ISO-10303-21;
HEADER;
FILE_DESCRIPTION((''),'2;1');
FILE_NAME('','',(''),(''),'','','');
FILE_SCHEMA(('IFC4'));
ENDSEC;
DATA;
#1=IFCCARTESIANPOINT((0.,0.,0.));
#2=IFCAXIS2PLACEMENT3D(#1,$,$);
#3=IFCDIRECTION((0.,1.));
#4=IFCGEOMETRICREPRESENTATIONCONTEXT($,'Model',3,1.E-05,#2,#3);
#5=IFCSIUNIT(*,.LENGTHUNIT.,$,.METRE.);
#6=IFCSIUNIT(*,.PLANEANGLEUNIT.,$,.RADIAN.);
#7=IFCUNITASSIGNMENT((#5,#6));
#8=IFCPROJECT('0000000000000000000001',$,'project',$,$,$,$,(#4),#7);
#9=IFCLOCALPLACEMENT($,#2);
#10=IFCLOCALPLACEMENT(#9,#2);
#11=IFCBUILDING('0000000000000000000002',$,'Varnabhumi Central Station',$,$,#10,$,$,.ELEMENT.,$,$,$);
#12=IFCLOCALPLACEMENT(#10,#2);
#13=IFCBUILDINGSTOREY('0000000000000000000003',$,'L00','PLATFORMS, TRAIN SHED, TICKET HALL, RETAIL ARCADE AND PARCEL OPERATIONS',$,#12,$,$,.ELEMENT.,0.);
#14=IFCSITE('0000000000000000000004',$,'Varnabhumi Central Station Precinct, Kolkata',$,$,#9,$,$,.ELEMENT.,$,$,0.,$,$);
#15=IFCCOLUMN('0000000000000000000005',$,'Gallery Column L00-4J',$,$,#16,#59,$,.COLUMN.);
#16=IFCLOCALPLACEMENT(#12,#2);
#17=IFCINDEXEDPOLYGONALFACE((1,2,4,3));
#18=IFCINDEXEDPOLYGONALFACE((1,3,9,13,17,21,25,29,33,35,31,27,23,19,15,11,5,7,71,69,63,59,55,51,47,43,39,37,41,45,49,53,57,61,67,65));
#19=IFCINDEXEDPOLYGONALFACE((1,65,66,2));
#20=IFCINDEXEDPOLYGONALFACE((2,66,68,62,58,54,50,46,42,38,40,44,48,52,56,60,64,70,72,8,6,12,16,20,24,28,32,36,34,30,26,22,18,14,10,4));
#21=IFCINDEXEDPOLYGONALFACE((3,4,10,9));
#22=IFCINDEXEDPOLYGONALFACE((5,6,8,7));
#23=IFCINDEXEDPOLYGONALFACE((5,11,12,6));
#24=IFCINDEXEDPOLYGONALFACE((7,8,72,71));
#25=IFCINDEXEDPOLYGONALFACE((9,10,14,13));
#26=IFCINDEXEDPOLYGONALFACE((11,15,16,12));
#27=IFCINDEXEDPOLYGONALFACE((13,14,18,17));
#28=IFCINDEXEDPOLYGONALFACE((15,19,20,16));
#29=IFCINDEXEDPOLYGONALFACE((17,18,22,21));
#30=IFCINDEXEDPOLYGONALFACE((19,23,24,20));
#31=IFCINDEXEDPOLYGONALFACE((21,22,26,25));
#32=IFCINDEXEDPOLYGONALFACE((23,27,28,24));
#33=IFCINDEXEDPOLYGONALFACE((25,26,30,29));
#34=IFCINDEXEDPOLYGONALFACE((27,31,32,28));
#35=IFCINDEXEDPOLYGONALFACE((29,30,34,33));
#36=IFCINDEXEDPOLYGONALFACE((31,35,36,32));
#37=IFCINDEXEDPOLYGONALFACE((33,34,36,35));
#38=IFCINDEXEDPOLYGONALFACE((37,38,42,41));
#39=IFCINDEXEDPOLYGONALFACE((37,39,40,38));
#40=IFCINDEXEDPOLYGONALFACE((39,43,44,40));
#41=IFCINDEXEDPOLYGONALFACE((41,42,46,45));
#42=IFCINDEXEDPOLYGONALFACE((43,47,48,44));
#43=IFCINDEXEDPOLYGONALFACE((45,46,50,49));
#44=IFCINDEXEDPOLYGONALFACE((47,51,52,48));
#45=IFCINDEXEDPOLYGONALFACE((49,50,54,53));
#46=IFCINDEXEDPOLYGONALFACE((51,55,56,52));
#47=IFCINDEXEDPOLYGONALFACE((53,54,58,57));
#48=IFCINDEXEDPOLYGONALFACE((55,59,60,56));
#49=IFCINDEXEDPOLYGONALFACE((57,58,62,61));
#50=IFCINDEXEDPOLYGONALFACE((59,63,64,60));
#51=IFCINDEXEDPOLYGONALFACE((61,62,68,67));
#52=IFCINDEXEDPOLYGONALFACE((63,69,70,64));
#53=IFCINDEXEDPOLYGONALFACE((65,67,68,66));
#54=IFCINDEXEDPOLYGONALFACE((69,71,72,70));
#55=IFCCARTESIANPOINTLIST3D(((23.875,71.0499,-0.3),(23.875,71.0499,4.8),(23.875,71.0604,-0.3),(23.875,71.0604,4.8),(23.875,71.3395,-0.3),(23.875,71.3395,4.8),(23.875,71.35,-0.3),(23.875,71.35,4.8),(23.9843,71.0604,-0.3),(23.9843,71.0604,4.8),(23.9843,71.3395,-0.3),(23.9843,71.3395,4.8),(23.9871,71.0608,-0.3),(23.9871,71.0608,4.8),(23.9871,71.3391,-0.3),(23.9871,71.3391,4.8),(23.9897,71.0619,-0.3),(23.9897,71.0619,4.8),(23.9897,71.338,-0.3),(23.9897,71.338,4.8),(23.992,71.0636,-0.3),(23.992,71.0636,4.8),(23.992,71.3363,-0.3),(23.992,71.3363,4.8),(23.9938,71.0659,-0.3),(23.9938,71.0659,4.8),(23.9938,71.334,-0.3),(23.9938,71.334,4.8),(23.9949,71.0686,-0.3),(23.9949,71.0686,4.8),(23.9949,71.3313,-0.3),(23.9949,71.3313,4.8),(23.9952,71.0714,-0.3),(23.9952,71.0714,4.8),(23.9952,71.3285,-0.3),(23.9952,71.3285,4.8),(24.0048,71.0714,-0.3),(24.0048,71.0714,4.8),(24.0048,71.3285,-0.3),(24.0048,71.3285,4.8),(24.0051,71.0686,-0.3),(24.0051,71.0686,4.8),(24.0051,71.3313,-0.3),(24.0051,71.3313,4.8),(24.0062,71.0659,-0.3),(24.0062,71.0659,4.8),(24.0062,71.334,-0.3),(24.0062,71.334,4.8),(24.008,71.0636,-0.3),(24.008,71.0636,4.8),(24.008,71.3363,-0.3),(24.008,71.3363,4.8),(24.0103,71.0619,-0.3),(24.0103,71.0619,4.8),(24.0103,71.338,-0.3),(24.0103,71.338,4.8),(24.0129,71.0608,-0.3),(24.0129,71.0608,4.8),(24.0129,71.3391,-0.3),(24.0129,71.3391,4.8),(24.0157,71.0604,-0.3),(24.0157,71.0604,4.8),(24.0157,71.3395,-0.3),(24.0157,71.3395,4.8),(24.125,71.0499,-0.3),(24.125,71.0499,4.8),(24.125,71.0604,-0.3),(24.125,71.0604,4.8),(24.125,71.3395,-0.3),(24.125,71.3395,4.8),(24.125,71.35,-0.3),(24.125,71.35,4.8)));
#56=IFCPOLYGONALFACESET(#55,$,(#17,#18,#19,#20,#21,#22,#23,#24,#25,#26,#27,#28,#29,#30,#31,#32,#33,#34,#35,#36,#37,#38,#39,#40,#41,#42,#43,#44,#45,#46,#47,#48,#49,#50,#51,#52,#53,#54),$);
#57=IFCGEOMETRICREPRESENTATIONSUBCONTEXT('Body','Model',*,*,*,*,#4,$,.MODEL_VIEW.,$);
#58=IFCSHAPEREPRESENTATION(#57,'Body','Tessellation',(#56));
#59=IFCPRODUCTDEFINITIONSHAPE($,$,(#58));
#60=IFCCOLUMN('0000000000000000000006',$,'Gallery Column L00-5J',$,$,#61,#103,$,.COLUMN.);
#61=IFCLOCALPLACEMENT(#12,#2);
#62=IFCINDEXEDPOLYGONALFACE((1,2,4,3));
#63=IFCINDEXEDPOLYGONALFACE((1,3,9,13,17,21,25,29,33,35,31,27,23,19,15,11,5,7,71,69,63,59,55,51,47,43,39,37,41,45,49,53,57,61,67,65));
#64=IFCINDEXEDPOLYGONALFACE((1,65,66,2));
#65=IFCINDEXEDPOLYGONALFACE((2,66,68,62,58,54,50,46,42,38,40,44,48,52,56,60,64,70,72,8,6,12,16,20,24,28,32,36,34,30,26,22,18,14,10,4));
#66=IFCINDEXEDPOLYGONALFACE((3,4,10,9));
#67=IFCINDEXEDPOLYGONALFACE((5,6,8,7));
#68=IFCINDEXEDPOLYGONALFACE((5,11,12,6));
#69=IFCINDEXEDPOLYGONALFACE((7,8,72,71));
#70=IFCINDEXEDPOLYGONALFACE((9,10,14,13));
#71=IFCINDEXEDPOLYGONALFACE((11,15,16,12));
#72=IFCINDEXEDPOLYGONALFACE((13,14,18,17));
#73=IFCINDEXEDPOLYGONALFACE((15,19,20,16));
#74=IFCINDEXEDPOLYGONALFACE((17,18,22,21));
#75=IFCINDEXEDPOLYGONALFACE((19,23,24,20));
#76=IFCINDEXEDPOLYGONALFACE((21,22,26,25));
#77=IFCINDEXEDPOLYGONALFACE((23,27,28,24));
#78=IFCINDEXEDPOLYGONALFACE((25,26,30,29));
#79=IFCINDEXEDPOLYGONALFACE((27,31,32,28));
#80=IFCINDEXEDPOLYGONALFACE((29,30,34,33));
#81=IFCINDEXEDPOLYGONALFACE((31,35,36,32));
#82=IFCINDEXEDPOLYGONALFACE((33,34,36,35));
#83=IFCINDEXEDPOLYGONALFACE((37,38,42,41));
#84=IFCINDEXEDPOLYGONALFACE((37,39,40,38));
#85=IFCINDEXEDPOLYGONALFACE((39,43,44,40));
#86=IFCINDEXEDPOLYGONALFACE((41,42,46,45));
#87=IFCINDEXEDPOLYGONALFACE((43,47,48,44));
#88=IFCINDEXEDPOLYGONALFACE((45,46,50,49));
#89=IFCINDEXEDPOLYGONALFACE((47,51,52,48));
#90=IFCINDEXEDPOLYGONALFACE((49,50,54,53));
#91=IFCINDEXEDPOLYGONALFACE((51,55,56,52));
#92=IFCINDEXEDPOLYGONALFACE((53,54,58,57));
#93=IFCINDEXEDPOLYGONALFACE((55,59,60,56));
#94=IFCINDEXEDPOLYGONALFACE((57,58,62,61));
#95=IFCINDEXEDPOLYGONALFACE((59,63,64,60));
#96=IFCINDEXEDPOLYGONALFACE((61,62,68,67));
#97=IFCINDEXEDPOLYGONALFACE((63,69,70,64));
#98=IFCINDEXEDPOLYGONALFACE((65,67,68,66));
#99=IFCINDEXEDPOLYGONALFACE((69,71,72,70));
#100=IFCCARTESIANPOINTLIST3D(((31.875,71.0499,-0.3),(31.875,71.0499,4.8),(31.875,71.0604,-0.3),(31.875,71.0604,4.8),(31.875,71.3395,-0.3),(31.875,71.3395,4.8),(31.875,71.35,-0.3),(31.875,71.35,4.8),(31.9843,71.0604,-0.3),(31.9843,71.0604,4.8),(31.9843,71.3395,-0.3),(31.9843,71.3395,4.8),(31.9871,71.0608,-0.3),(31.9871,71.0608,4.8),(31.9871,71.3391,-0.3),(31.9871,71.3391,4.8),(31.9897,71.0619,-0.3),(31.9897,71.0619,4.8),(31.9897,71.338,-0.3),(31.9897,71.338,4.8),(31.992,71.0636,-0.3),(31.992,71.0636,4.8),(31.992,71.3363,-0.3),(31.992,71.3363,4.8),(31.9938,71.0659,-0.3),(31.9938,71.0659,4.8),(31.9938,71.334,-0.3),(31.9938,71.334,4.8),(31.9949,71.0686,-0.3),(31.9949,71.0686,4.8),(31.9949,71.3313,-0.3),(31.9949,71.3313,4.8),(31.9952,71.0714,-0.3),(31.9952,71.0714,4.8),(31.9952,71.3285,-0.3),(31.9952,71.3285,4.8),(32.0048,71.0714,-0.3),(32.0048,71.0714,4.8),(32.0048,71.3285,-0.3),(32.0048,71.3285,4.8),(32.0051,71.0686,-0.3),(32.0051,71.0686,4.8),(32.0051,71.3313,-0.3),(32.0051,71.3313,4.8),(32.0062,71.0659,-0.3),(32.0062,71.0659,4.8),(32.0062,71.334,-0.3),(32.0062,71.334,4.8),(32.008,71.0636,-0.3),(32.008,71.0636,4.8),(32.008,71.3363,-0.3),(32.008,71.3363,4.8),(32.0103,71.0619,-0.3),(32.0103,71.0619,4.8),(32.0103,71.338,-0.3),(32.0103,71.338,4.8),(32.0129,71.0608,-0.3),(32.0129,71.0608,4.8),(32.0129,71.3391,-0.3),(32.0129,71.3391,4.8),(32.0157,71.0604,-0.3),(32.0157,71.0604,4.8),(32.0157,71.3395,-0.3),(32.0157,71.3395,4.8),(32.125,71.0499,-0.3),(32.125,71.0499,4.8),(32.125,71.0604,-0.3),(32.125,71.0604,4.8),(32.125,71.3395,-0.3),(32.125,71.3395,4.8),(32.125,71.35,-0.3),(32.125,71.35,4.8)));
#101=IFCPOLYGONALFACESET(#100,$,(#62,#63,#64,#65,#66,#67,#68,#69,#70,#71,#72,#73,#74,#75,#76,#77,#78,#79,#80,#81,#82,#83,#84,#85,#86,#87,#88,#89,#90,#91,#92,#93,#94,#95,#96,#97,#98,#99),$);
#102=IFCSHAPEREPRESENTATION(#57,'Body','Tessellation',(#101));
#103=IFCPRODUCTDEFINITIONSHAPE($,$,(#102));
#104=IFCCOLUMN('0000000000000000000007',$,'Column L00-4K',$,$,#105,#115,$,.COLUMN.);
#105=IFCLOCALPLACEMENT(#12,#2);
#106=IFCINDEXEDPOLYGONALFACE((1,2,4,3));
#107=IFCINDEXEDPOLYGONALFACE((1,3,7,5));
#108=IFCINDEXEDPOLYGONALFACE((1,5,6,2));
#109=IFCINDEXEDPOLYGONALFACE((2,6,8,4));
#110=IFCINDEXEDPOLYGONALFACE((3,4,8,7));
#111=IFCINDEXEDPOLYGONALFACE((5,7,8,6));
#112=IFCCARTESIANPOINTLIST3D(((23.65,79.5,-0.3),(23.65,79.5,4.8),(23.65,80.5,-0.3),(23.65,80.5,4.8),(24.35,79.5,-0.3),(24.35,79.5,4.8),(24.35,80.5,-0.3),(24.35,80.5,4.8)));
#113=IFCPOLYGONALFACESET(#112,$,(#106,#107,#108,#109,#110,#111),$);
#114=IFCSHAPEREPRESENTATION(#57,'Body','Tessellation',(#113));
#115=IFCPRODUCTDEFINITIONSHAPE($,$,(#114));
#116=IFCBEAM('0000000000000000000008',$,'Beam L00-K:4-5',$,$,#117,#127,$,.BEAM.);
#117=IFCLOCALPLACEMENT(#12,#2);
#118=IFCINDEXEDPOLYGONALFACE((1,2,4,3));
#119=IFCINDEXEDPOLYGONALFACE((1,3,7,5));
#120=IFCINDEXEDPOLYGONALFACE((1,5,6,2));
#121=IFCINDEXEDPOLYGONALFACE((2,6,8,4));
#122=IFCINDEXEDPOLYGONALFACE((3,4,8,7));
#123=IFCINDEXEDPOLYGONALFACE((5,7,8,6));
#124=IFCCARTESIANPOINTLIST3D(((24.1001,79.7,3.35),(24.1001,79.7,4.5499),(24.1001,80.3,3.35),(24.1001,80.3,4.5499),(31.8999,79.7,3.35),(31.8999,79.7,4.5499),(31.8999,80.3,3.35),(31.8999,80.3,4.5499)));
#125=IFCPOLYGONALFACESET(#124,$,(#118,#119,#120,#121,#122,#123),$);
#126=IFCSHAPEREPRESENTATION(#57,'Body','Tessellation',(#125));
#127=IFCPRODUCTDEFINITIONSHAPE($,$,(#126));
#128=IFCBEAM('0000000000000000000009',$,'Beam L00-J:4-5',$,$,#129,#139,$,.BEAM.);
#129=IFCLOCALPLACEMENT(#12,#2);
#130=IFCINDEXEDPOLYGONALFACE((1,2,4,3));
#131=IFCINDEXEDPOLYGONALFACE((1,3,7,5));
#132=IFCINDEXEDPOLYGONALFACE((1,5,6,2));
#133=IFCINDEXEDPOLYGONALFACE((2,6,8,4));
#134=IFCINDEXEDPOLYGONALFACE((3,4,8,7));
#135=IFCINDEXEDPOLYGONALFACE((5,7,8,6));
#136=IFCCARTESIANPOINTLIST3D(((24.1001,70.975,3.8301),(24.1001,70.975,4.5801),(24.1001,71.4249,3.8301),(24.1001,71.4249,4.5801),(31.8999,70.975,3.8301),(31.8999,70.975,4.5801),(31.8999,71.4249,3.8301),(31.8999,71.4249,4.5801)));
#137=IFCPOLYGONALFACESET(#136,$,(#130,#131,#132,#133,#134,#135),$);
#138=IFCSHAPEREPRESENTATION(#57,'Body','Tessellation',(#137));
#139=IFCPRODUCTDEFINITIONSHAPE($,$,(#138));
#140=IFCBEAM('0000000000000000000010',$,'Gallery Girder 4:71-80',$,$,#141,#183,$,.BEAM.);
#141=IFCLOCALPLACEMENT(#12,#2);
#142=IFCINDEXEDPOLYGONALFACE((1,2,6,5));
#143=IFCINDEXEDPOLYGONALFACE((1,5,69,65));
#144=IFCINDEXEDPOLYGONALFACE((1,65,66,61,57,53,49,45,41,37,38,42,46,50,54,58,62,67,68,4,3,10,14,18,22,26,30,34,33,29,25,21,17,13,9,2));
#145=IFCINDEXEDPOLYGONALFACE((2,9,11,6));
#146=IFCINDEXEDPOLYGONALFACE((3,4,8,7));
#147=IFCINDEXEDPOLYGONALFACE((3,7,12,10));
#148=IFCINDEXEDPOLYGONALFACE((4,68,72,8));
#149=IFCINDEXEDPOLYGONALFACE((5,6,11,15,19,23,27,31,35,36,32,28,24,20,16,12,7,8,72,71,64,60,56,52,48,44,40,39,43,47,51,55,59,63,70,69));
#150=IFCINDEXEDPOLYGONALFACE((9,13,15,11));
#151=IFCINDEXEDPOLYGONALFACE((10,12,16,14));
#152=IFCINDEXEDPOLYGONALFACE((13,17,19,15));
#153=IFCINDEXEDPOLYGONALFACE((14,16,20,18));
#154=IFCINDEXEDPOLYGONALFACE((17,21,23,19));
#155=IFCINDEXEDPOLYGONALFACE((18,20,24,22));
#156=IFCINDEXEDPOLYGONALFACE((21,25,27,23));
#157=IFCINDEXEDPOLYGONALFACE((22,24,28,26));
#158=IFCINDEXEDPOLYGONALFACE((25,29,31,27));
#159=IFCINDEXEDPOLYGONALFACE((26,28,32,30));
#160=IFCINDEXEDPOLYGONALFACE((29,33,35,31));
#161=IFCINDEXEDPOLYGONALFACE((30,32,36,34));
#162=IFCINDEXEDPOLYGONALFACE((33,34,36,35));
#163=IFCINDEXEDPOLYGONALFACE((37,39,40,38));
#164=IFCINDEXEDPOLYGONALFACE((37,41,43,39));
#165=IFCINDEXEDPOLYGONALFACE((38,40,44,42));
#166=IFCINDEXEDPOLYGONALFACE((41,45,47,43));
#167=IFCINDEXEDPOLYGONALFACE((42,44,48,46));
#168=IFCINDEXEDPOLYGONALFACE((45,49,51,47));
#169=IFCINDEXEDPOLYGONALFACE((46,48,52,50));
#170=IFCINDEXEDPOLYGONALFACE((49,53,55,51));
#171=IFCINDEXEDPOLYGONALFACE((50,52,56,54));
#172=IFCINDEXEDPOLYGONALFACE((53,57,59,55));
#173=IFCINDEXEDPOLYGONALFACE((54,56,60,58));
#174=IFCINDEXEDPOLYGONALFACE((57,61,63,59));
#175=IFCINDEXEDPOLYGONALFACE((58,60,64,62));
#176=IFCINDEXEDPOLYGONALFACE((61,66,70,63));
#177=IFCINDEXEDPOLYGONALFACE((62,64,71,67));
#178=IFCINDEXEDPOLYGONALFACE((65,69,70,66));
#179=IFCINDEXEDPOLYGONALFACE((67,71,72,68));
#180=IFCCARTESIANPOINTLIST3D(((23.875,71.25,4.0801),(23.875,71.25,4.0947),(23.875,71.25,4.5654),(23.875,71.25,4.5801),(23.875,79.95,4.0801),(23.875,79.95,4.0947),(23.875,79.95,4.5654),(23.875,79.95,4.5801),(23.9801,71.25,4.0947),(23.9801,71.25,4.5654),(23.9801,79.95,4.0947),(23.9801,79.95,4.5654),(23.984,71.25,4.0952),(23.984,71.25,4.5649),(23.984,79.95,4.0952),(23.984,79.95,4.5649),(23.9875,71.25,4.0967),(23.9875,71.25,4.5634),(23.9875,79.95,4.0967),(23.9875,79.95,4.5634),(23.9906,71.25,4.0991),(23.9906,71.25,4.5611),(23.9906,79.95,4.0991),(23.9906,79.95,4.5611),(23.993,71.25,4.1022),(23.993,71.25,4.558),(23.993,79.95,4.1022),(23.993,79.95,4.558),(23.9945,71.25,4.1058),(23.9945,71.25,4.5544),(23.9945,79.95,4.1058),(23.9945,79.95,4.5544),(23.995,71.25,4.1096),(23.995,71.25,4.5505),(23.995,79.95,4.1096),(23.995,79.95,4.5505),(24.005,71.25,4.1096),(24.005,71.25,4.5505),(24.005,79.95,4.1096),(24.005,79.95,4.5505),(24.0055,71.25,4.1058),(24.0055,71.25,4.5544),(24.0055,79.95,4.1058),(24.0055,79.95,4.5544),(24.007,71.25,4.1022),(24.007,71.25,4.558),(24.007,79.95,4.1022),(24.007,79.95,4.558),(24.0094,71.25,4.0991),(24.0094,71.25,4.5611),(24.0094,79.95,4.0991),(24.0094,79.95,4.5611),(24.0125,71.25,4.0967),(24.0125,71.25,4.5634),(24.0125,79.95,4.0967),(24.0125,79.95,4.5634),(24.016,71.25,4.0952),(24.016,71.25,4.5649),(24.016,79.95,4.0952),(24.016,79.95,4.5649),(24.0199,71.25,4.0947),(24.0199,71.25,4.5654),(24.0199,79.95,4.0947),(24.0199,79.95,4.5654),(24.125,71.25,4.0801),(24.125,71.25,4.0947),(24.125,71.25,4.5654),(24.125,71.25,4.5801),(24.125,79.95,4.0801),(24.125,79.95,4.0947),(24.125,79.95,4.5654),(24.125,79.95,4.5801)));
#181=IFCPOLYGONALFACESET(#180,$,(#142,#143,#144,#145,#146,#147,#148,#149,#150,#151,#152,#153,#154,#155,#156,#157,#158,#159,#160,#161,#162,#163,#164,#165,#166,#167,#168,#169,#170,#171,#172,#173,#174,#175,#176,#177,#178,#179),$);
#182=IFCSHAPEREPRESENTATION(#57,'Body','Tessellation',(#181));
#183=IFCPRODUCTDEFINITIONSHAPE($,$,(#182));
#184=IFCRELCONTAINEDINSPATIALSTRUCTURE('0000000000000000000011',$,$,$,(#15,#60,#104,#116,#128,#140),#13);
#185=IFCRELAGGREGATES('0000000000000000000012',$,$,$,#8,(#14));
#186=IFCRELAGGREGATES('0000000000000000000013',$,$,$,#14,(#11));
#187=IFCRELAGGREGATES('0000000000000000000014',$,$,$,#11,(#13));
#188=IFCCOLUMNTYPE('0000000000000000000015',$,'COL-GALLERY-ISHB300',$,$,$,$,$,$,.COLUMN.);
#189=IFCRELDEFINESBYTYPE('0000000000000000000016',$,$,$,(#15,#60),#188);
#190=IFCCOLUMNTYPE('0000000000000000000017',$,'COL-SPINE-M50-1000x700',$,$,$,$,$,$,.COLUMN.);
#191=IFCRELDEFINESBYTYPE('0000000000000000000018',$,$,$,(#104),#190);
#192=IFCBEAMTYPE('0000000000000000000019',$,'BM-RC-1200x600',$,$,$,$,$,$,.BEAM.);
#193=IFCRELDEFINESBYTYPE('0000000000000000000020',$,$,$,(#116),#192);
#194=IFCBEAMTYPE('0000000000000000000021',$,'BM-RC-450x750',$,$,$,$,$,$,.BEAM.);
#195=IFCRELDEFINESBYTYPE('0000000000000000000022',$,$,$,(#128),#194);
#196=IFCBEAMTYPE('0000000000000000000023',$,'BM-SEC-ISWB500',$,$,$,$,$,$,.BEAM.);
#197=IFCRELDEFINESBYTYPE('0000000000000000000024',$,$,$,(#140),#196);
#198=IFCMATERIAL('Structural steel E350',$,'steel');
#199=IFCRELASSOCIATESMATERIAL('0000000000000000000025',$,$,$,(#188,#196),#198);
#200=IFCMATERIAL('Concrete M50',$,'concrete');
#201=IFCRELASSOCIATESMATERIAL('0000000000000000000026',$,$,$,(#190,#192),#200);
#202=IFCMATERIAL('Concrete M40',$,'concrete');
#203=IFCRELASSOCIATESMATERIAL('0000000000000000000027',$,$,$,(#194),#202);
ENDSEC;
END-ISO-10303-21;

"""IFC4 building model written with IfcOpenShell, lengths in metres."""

from ifc_helpers import new_model, si_unit, direction, frame, origin, origin_2d, place, context, subcontext, project, spatial, rectangle, i_section, extrude, material, material_profile, profile_set, type_object, element, save


model = new_model("IFC4")

# Units and contexts
model_context = context("Model", 3, precision=1e-05, world=origin(), true_north=direction((0.0, 1.0)))
body_context = subcontext(model_context, "Body", "Model", "MODEL_VIEW")
ifc_project = project(units=[si_unit("LENGTHUNIT", "METRE"), si_unit("PLANEANGLEUNIT", "RADIAN")], contexts=[model_context])

# Site, building, storey
site_placement = place(None, origin())
site = spatial("IfcSite", under=ifc_project, at=site_placement, Name="Varnabhumi Central Station Precinct, Kolkata", CompositionType="ELEMENT", RefElevation=0.0)
building_placement = place(site_placement, origin())
building = spatial("IfcBuilding", under=site, at=building_placement, Name="Varnabhumi Central Station", CompositionType="ELEMENT")
storey_placement = place(building_placement, origin())
storey = spatial("IfcBuildingStorey", under=building, at=storey_placement, Name="L00", Description="PLATFORMS, TRAIN SHED, TICKET HALL, RETAIL ARCADE AND PARCEL OPERATIONS", CompositionType="ELEMENT", Elevation=0.0)

# Shared definitions
ifc_material_1 = material(Name="Concrete M40", Category="concrete")

# Columns
ifc_material_2 = material(Name="Structural steel E350", Category="steel")
ifc_material_profile_1 = material_profile(ifc_material_2, i_section(OverallWidth=0.25, OverallDepth=0.3, WebThickness=0.0095, FlangeThickness=0.0105, FilletRadius=0.011, at=origin_2d()), Name="Structural steel E350", Category="steel")
ifc_profile_set_1 = profile_set([ifc_material_profile_1], Name="Structural steel E350")
column_type_1 = type_object("IfcColumnType", Name="COL-GALLERY-ISHB300", PredefinedType="COLUMN", material=ifc_profile_set_1)
for number, where, z_axis, x_axis, name in (
    (1, (24.0, 71.2, -0.3), (0.0, 0.0, 1.0), (1.0, 0.0, 0.0), "Gallery Column L00-4J"),
    (2, (32.0, 71.2, -0.3), (0.0, 0.0, 1.0), (1.0, 0.0, 0.0), "Gallery Column L00-5J"),
):
    element("IfcColumn", number, at=place(storey_placement, frame(where, z_axis=z_axis, x_axis=x_axis)), inside=storey, type_object=column_type_1, Name=name, PredefinedType="COLUMN", context=body_context, shape_type="SweptSolid", body=[
        extrude(i_section(OverallWidth=0.25, OverallDepth=0.3, WebThickness=0.0095, FlangeThickness=0.0105, FilletRadius=0.011, at=origin_2d()), origin(), (0.0, 0.0, 1.0), 5.1001),
    ])
ifc_material_3 = material(Name="Concrete M50", Category="concrete")
ifc_material_profile_2 = material_profile(ifc_material_3, rectangle(XDim=0.7, YDim=1.0, at=origin_2d()), Name="Concrete M50", Category="concrete")
ifc_profile_set_2 = profile_set([ifc_material_profile_2], Name="Concrete M50")
column_type_2 = type_object("IfcColumnType", Name="COL-SPINE-M50-1000x700", PredefinedType="COLUMN", material=ifc_profile_set_2)
column_placement = place(storey_placement, frame((24.0, 80.0, -0.3), z_axis=(0.0, 0.0, 1.0), x_axis=(1.0, 0.0, 0.0)))
element("IfcColumn", 3, at=column_placement, inside=storey, type_object=column_type_2, Name="Column L00-4K", PredefinedType="COLUMN", context=body_context, shape_type="SweptSolid", body=[
    extrude(rectangle(XDim=0.7, YDim=1.0, at=origin_2d()), origin(), (0.0, 0.0, 1.0), 5.1001),
])

# Beams
ifc_material_profile_3 = material_profile(ifc_material_3, rectangle(XDim=0.6001, YDim=1.2, at=origin_2d()), Name="Concrete M50", Category="concrete")
ifc_profile_set_3 = profile_set([ifc_material_profile_3], Name="Concrete M50")
beam_type_1 = type_object("IfcBeamType", Name="BM-RC-1200x600", PredefinedType="BEAM", material=ifc_profile_set_3)
beam_1_placement = place(storey_placement, frame((24.1001, 80.0, 3.95), z_axis=(1.0, 0.0, 0.0), x_axis=(0.0, 1.0, 0.0)))
element("IfcBeam", 4, at=beam_1_placement, inside=storey, type_object=beam_type_1, Name="Beam L00-K:4-5", PredefinedType="BEAM", context=body_context, shape_type="SweptSolid", body=[
    extrude(rectangle(XDim=0.6001, YDim=1.2, at=origin_2d()), origin(), (0.0, 0.0, 1.0), 7.7998),
])
ifc_material_profile_4 = material_profile(ifc_material_1, rectangle(XDim=0.45, YDim=0.75, at=origin_2d()), Name="Concrete M40", Category="concrete")
ifc_profile_set_4 = profile_set([ifc_material_profile_4], Name="Concrete M40")
beam_type_2 = type_object("IfcBeamType", Name="BM-RC-450x750", PredefinedType="BEAM", material=ifc_profile_set_4)
beam_2_placement = place(storey_placement, frame((24.1001, 71.2, 4.2051), z_axis=(1.0, 0.0, 0.0), x_axis=(0.0, 1.0, 0.0)))
element("IfcBeam", 5, at=beam_2_placement, inside=storey, type_object=beam_type_2, Name="Beam L00-J:4-5", PredefinedType="BEAM", context=body_context, shape_type="SweptSolid", body=[
    extrude(rectangle(XDim=0.45, YDim=0.75, at=origin_2d()), origin(), (0.0, 0.0, 1.0), 7.7998),
])
ifc_material_profile_5 = material_profile(ifc_material_2, i_section(OverallWidth=0.25, OverallDepth=0.5, WebThickness=0.01, FlangeThickness=0.0146, FilletRadius=0.0149, at=origin_2d()), Name="Structural steel E350", Category="steel")
ifc_profile_set_5 = profile_set([ifc_material_profile_5], Name="Structural steel E350")
beam_type_3 = type_object("IfcBeamType", Name="BM-SEC-ISWB500", PredefinedType="BEAM", material=ifc_profile_set_5)
for number, where, z_axis, x_axis, name in (
    (6, (24.0, 71.25, 4.3301), (0.0, 1.0, 0.0), (-1.0, 0.0, 0.0), "Gallery Girder 4:71-80"),
):
    element("IfcBeam", number, at=place(storey_placement, frame(where, z_axis=z_axis, x_axis=x_axis)), inside=storey, type_object=beam_type_3, Name=name, PredefinedType="BEAM", context=body_context, shape_type="SweptSolid", body=[
        extrude(i_section(OverallWidth=0.25, OverallDepth=0.5, WebThickness=0.01, FlangeThickness=0.0146, FilletRadius=0.0149, at=origin_2d()), origin(), (0.0, 0.0, 1.0), 8.7),
    ])

save(model, "model.ifc")
